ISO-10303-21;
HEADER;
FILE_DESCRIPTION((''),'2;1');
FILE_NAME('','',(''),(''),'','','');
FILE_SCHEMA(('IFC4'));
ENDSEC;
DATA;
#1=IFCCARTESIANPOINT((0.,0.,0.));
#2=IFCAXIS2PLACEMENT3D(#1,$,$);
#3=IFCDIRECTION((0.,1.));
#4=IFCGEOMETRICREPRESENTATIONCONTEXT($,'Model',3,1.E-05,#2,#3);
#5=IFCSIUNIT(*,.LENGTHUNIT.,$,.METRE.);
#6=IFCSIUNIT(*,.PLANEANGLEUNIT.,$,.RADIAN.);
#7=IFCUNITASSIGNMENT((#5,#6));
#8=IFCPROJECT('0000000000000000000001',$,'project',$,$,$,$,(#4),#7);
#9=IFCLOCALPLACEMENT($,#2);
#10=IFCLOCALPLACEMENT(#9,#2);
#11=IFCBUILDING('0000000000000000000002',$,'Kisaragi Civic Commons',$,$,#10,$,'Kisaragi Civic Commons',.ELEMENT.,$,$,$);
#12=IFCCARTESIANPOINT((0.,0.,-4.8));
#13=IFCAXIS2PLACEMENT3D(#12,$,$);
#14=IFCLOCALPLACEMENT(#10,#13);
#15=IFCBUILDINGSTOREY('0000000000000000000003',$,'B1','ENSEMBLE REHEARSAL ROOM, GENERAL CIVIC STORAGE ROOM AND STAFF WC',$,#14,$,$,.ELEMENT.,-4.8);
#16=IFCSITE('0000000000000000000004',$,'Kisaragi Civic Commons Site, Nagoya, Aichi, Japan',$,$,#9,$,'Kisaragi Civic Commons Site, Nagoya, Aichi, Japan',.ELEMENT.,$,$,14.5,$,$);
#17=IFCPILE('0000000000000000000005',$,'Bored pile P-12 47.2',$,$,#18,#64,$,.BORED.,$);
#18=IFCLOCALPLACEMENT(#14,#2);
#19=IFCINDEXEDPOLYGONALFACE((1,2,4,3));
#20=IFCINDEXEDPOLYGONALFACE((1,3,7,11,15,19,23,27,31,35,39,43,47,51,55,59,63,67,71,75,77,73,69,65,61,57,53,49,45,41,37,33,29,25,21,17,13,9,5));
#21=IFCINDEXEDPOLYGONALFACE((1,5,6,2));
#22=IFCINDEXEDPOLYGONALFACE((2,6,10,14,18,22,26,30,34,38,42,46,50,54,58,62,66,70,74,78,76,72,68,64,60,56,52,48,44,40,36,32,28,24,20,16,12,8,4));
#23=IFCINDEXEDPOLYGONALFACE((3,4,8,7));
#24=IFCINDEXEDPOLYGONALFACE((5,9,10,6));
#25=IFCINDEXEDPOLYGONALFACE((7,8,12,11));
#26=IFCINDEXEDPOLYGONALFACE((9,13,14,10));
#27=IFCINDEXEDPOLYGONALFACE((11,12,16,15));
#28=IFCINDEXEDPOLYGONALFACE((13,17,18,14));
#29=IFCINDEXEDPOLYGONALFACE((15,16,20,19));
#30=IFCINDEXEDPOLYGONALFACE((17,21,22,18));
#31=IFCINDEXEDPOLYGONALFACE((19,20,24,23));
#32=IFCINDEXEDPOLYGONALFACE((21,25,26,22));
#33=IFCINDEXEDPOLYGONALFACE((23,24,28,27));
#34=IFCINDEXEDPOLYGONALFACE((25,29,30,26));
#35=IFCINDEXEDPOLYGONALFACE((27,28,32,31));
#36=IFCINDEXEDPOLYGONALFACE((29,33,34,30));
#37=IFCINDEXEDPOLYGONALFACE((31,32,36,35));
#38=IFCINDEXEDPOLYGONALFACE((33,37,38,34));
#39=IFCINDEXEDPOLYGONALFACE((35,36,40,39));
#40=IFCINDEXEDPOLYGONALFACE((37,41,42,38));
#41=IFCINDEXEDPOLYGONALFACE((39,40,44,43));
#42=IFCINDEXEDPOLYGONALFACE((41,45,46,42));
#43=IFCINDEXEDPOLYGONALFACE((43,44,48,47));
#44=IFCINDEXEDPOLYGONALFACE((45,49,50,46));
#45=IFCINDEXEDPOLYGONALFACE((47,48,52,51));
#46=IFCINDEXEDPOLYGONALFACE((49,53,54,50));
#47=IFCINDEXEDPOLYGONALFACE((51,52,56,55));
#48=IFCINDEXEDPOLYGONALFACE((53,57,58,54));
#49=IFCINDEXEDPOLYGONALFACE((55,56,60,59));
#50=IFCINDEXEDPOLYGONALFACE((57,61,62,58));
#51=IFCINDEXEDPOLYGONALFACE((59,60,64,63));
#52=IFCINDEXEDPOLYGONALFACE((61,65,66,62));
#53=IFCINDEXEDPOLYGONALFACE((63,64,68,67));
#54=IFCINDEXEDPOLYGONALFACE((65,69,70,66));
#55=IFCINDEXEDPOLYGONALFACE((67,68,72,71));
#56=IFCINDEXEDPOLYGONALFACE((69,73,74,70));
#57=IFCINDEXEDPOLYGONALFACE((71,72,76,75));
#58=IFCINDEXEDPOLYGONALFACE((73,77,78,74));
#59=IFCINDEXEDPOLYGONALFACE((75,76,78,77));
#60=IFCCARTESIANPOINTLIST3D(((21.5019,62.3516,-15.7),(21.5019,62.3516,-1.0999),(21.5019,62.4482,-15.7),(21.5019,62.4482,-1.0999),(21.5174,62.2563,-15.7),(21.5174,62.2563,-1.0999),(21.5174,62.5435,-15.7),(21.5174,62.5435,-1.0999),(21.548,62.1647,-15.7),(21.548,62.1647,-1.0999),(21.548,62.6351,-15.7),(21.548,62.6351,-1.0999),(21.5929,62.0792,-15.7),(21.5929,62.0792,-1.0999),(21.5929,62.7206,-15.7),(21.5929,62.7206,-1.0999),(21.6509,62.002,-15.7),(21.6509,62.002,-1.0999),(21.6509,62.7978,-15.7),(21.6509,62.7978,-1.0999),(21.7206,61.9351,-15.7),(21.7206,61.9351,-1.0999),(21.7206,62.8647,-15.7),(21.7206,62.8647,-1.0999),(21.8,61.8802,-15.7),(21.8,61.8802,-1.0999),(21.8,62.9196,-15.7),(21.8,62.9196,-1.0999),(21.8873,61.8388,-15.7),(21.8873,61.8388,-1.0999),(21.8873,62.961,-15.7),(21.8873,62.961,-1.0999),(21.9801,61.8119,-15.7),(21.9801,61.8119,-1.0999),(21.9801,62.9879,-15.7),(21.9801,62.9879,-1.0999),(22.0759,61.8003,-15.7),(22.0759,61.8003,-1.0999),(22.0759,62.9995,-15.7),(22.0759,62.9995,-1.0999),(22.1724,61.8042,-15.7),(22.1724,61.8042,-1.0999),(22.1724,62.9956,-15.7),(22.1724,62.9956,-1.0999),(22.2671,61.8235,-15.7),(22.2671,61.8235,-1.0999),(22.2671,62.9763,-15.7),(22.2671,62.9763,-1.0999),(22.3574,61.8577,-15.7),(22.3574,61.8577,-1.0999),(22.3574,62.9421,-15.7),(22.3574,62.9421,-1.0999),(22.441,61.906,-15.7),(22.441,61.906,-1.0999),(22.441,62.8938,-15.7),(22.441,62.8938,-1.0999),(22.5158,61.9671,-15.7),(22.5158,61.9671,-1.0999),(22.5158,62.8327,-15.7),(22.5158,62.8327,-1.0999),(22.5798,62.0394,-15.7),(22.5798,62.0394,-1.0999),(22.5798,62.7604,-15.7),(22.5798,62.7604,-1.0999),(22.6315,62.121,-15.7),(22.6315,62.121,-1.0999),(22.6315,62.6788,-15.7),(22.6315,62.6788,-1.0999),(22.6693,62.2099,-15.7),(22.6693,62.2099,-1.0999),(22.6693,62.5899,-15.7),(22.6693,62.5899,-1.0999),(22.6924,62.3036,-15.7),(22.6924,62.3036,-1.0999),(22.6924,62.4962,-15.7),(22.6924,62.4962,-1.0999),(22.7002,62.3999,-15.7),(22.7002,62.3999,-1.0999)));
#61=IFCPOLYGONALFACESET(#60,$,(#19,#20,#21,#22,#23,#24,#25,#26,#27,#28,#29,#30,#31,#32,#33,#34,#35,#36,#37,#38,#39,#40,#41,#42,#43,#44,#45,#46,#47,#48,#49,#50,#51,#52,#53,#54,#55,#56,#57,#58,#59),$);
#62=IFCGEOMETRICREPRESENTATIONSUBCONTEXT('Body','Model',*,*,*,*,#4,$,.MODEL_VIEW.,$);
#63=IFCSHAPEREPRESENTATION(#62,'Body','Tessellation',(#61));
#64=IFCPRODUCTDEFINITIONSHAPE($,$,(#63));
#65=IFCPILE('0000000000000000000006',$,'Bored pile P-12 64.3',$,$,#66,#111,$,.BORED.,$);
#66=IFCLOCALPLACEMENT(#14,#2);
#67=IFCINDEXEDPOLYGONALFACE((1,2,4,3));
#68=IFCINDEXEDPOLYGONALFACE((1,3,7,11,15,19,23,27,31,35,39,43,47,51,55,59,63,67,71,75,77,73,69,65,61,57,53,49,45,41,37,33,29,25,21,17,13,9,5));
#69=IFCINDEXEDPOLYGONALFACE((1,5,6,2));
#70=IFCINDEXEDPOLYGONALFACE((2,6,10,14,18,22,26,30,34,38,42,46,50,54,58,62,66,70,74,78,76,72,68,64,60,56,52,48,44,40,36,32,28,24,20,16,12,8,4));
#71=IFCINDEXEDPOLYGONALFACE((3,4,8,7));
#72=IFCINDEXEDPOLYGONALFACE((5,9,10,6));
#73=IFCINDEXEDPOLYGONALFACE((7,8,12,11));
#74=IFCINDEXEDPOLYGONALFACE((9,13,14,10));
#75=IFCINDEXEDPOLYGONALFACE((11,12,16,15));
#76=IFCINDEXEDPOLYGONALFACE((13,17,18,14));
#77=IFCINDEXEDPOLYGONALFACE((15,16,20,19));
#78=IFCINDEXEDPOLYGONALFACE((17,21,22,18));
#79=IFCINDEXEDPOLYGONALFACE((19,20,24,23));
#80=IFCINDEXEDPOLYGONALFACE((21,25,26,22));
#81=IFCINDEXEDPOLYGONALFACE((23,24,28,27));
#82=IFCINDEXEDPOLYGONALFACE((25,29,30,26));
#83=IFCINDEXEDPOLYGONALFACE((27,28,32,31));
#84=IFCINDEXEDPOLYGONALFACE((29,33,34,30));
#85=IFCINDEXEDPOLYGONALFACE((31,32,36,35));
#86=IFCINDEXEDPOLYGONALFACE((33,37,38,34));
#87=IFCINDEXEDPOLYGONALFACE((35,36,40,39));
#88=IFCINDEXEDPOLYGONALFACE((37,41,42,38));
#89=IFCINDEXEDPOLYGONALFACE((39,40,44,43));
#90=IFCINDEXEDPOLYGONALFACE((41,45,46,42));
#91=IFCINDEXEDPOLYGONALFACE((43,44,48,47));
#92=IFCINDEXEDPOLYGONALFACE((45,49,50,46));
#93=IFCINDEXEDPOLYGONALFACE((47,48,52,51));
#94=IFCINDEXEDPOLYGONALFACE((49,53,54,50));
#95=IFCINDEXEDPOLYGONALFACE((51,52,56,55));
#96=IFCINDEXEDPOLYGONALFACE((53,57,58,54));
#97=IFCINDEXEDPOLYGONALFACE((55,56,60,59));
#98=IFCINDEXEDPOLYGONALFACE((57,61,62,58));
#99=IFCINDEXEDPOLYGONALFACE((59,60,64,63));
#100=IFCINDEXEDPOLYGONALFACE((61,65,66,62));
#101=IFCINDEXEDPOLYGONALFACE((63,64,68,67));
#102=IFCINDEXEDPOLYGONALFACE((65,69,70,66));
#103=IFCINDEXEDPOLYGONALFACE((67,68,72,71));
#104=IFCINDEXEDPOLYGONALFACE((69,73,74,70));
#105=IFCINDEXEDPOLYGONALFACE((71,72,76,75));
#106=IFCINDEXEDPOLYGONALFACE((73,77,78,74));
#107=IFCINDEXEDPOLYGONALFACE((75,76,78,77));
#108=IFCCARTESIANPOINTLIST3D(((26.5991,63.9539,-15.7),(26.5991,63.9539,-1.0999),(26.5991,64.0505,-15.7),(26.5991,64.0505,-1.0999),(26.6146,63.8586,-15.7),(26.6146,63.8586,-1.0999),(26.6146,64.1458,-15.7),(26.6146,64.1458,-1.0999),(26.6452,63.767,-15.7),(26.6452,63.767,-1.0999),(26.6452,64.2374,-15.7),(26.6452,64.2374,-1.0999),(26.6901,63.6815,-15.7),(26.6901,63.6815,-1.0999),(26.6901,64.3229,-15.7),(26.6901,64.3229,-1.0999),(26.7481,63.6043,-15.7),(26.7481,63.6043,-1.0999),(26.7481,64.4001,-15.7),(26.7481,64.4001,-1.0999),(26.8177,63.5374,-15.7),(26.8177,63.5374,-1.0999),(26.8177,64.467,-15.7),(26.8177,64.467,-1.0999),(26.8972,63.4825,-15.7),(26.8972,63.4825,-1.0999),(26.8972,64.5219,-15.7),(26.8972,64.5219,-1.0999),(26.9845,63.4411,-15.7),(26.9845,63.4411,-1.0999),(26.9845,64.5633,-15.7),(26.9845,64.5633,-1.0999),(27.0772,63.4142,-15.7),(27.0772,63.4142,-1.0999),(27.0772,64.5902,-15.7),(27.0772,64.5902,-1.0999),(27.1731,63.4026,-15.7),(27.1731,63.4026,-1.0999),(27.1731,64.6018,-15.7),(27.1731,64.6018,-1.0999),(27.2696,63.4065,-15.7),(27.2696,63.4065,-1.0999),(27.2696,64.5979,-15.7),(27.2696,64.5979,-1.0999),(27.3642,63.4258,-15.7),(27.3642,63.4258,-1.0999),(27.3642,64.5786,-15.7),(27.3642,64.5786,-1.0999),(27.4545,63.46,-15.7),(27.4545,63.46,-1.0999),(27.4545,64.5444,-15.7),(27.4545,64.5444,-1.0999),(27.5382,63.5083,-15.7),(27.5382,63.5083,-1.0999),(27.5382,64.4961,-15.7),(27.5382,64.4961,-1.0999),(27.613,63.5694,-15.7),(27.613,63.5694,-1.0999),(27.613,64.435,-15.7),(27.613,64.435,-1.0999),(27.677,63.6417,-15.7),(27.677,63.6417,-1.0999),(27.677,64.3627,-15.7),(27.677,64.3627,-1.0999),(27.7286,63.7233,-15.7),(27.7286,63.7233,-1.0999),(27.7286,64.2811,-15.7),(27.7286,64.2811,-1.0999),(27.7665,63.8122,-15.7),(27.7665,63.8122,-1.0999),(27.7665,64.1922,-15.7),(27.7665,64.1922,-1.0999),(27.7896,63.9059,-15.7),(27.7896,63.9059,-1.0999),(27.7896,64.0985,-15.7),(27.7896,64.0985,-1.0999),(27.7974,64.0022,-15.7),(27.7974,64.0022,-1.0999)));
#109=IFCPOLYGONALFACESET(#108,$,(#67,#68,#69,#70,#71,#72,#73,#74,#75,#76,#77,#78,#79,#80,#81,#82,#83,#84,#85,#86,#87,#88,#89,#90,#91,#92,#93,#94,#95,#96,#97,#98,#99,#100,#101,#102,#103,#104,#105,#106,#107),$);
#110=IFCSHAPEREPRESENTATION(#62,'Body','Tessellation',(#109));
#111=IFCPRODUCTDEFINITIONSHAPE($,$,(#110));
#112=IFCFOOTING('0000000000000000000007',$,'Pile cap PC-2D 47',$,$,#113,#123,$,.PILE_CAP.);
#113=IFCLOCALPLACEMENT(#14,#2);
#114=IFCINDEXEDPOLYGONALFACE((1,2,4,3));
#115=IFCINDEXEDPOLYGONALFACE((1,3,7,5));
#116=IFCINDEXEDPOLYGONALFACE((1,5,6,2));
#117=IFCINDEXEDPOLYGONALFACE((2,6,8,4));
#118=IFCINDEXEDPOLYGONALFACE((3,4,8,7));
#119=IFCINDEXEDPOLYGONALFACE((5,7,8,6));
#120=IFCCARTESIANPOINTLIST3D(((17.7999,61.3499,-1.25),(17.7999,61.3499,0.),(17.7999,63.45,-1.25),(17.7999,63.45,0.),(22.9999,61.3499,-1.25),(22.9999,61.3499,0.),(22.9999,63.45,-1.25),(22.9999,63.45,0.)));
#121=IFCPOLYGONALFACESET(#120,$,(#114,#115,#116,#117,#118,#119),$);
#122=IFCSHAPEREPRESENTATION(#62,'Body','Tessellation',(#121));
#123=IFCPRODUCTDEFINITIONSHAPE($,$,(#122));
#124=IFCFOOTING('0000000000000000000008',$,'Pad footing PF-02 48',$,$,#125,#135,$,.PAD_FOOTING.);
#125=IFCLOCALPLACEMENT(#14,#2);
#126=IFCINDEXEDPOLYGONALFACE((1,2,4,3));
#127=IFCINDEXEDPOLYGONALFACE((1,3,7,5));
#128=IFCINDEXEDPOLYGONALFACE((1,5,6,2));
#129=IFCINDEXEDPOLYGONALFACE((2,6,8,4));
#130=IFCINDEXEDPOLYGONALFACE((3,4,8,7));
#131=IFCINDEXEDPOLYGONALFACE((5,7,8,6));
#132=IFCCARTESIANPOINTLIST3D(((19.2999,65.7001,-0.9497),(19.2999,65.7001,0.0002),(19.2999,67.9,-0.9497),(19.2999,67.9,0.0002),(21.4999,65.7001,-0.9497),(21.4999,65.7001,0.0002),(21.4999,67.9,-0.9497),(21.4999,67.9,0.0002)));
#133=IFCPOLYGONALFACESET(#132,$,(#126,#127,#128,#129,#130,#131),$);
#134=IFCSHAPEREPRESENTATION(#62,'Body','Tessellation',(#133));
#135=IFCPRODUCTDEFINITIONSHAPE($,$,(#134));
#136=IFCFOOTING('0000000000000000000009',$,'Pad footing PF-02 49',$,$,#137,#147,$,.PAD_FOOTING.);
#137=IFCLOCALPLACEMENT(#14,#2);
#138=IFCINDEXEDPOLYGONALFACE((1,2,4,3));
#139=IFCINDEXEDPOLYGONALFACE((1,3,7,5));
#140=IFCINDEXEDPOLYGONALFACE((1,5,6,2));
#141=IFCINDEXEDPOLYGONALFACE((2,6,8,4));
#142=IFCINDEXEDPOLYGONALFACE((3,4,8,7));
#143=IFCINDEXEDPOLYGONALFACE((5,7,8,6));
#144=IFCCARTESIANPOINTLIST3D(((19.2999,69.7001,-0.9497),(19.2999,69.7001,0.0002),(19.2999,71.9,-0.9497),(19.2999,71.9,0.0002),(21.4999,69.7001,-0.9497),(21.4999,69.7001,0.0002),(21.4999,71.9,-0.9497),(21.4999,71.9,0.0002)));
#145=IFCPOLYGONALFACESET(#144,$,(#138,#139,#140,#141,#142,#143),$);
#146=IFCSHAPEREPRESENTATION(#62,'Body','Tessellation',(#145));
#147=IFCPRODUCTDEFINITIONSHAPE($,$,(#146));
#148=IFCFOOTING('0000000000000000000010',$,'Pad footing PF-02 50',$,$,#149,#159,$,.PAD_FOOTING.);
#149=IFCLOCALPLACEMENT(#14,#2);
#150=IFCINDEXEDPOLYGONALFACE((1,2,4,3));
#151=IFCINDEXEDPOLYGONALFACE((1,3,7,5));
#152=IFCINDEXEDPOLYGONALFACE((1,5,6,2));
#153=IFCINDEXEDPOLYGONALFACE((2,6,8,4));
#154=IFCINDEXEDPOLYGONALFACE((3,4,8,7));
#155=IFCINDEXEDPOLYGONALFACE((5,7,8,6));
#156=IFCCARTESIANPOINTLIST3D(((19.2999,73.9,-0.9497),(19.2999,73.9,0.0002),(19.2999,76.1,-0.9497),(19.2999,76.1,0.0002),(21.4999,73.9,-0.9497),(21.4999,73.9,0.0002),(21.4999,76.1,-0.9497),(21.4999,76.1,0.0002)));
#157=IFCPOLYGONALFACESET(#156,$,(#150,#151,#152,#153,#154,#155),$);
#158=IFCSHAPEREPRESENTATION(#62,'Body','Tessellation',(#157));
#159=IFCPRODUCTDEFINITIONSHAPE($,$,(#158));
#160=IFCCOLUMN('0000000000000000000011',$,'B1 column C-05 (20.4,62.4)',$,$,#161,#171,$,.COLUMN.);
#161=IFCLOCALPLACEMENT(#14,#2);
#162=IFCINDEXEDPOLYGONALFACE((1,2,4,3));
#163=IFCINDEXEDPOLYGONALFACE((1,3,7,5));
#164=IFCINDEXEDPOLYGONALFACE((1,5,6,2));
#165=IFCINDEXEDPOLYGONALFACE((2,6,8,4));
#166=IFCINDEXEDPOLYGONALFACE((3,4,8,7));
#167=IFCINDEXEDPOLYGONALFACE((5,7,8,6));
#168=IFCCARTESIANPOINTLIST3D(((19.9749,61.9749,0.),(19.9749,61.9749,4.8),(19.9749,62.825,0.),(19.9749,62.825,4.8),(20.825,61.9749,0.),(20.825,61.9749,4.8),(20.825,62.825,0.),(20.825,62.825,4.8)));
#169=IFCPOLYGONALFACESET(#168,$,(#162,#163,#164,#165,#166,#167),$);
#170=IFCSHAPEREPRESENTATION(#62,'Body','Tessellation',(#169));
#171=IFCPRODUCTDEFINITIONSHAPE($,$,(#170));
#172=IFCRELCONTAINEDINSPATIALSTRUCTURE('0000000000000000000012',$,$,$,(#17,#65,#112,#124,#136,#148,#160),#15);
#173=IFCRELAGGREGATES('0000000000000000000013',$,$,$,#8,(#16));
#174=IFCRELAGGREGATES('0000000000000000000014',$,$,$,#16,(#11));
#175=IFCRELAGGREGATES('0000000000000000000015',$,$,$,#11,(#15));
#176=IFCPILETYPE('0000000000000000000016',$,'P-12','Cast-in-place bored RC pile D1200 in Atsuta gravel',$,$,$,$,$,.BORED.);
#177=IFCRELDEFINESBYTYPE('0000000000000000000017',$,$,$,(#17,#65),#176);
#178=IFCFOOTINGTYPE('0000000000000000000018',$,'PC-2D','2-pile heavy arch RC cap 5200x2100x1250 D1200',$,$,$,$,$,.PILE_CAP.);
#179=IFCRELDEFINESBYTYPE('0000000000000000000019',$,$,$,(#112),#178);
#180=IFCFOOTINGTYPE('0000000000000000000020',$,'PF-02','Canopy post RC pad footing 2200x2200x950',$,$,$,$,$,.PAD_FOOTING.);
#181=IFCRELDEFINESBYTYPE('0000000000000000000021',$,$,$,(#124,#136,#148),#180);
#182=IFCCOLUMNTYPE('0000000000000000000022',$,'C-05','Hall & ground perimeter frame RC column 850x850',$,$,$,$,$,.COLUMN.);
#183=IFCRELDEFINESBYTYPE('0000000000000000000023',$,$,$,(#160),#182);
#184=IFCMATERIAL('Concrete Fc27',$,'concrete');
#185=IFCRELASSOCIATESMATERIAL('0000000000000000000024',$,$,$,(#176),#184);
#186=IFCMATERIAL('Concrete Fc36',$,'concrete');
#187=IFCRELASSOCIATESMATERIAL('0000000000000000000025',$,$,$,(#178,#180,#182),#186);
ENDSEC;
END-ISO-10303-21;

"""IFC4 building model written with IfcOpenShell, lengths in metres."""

from ifc_helpers import new_model, si_unit, direction, frame, origin, origin_2d, place, context, subcontext, project, spatial, rectangle, circle, extrude, material, material_profile, profile_set, type_object, element, save


model = new_model("IFC4")

# Units and contexts
model_context = context("Model", 3, precision=1e-05, world=origin(), true_north=direction((0.0, 1.0)))
body_context = subcontext(model_context, "Body", "Model", "MODEL_VIEW")
ifc_project = project(units=[si_unit("LENGTHUNIT", "METRE"), si_unit("PLANEANGLEUNIT", "RADIAN")], contexts=[model_context])

# Site, building, storey
site_placement = place(None, origin())
site = spatial("IfcSite", under=ifc_project, at=site_placement, Name="Kisaragi Civic Commons Site, Nagoya, Aichi, Japan", LongName="Kisaragi Civic Commons Site, Nagoya, Aichi, Japan", CompositionType="ELEMENT", RefElevation=14.5)
building_placement = place(site_placement, origin())
building = spatial("IfcBuilding", under=site, at=building_placement, Name="Kisaragi Civic Commons", LongName="Kisaragi Civic Commons", CompositionType="ELEMENT")
storey_placement = place(building_placement, frame((0.0, 0.0, -4.8)))
storey = spatial("IfcBuildingStorey", under=building, at=storey_placement, Name="B1", Description="ENSEMBLE REHEARSAL ROOM, GENERAL CIVIC STORAGE ROOM AND STAFF WC", CompositionType="ELEMENT", Elevation=-4.8)

# Shared definitions
ifc_material_1 = material(Name="Concrete Fc27", Category="concrete")

# Piles
ifc_material_profile_1 = material_profile(ifc_material_1, circle(Radius=0.6001, at=origin_2d()), Name="PILE-D1200", Category="concrete")
ifc_profile_set_1 = profile_set([ifc_material_profile_1], Name="Concrete Fc27")
pile_type = type_object("IfcPileType", Name="P-12", Description="Cast-in-place bored RC pile D1200 in Atsuta gravel", PredefinedType="BORED", material=ifc_profile_set_1)
for number, where, z_axis, x_axis, name in (
    (1, (22.1001, 62.3999, -1.0999), (0.0, 0.0, -1.0), (1.0, 0.0, 0.0), "Bored pile P-12 47.2"),
    (2, (27.1973, 64.0022, -1.0999), (0.0, 0.0, -1.0), (1.0, 0.0, 0.0), "Bored pile P-12 64.3"),
):
    element("IfcPile", number, at=place(storey_placement, frame(where, z_axis=z_axis, x_axis=x_axis)), inside=storey, type_object=pile_type, Name=name, PredefinedType="BORED", context=body_context, shape_type="SweptSolid", body=[
        extrude(circle(Radius=0.6001, at=origin_2d()), origin(), (0.0, 0.0, 1.0), 14.6001),
    ])

# Footings
ifc_material_2 = material(Name="Concrete Fc36", Category="concrete")
footing_type_1 = type_object("IfcFootingType", Name="PC-2D", Description="2-pile heavy arch RC cap 5200x2100x1250 D1200", PredefinedType="PILE_CAP", material=ifc_material_2)
footing_1_placement = place(storey_placement, frame((20.3999, 62.3999, -1.25), z_axis=(0.0, 0.0, 1.0), x_axis=(1.0, 0.0, 0.0)))
element("IfcFooting", 3, at=footing_1_placement, inside=storey, type_object=footing_type_1, Name="Pile cap PC-2D 47", PredefinedType="PILE_CAP", context=body_context, shape_type="SweptSolid", body=[
    extrude(rectangle(XDim=5.2, YDim=2.1001, at=origin_2d()), origin(), (0.0, 0.0, 1.0), 1.25),
])
footing_type_2 = type_object("IfcFootingType", Name="PF-02", Description="Canopy post RC pad footing 2200x2200x950", PredefinedType="PAD_FOOTING", material=ifc_material_2)
for number, where, z_axis, x_axis, name in (
    (4, (20.3999, 66.8, -0.9497), (0.0, 0.0, 1.0), (1.0, 0.0, 0.0), "Pad footing PF-02 48"),
    (5, (20.3999, 70.8, -0.9497), (0.0, 0.0, 1.0), (1.0, 0.0, 0.0), "Pad footing PF-02 49"),
    (6, (20.3999, 75.0, -0.9497), (0.0, 0.0, 1.0), (1.0, 0.0, 0.0), "Pad footing PF-02 50"),
):
    element("IfcFooting", number, at=place(storey_placement, frame(where, z_axis=z_axis, x_axis=x_axis)), inside=storey, type_object=footing_type_2, Name=name, PredefinedType="PAD_FOOTING", context=body_context, shape_type="SweptSolid", body=[
        extrude(rectangle(XDim=2.2, YDim=2.2, at=origin_2d()), origin(), (0.0, 0.0, 1.0), 0.95),
    ])

# Column
ifc_material_profile_2 = material_profile(ifc_material_2, rectangle(XDim=0.8501, YDim=0.8501, at=origin_2d()), Name="RC-850x850", Category="concrete")
ifc_profile_set_2 = profile_set([ifc_material_profile_2], Name="Concrete Fc36")
column_type_1 = type_object("IfcColumnType", Name="C-05", Description="Hall & ground perimeter frame RC column 850x850", PredefinedType="COLUMN", material=ifc_profile_set_2)
column_1_placement = place(storey_placement, frame((20.3999, 62.3999, 0.0), z_axis=(0.0, 0.0, 1.0), x_axis=(1.0, 0.0, 0.0)))
element("IfcColumn", 7, at=column_1_placement, inside=storey, type_object=column_type_1, Name="B1 column C-05 (20.4,62.4)", PredefinedType="COLUMN", context=body_context, shape_type="SweptSolid", body=[
    extrude(rectangle(XDim=0.8501, YDim=0.8501, at=origin_2d()), origin(), (0.0, 0.0, 1.0), 4.8),
])

save(model, "model.ifc")
